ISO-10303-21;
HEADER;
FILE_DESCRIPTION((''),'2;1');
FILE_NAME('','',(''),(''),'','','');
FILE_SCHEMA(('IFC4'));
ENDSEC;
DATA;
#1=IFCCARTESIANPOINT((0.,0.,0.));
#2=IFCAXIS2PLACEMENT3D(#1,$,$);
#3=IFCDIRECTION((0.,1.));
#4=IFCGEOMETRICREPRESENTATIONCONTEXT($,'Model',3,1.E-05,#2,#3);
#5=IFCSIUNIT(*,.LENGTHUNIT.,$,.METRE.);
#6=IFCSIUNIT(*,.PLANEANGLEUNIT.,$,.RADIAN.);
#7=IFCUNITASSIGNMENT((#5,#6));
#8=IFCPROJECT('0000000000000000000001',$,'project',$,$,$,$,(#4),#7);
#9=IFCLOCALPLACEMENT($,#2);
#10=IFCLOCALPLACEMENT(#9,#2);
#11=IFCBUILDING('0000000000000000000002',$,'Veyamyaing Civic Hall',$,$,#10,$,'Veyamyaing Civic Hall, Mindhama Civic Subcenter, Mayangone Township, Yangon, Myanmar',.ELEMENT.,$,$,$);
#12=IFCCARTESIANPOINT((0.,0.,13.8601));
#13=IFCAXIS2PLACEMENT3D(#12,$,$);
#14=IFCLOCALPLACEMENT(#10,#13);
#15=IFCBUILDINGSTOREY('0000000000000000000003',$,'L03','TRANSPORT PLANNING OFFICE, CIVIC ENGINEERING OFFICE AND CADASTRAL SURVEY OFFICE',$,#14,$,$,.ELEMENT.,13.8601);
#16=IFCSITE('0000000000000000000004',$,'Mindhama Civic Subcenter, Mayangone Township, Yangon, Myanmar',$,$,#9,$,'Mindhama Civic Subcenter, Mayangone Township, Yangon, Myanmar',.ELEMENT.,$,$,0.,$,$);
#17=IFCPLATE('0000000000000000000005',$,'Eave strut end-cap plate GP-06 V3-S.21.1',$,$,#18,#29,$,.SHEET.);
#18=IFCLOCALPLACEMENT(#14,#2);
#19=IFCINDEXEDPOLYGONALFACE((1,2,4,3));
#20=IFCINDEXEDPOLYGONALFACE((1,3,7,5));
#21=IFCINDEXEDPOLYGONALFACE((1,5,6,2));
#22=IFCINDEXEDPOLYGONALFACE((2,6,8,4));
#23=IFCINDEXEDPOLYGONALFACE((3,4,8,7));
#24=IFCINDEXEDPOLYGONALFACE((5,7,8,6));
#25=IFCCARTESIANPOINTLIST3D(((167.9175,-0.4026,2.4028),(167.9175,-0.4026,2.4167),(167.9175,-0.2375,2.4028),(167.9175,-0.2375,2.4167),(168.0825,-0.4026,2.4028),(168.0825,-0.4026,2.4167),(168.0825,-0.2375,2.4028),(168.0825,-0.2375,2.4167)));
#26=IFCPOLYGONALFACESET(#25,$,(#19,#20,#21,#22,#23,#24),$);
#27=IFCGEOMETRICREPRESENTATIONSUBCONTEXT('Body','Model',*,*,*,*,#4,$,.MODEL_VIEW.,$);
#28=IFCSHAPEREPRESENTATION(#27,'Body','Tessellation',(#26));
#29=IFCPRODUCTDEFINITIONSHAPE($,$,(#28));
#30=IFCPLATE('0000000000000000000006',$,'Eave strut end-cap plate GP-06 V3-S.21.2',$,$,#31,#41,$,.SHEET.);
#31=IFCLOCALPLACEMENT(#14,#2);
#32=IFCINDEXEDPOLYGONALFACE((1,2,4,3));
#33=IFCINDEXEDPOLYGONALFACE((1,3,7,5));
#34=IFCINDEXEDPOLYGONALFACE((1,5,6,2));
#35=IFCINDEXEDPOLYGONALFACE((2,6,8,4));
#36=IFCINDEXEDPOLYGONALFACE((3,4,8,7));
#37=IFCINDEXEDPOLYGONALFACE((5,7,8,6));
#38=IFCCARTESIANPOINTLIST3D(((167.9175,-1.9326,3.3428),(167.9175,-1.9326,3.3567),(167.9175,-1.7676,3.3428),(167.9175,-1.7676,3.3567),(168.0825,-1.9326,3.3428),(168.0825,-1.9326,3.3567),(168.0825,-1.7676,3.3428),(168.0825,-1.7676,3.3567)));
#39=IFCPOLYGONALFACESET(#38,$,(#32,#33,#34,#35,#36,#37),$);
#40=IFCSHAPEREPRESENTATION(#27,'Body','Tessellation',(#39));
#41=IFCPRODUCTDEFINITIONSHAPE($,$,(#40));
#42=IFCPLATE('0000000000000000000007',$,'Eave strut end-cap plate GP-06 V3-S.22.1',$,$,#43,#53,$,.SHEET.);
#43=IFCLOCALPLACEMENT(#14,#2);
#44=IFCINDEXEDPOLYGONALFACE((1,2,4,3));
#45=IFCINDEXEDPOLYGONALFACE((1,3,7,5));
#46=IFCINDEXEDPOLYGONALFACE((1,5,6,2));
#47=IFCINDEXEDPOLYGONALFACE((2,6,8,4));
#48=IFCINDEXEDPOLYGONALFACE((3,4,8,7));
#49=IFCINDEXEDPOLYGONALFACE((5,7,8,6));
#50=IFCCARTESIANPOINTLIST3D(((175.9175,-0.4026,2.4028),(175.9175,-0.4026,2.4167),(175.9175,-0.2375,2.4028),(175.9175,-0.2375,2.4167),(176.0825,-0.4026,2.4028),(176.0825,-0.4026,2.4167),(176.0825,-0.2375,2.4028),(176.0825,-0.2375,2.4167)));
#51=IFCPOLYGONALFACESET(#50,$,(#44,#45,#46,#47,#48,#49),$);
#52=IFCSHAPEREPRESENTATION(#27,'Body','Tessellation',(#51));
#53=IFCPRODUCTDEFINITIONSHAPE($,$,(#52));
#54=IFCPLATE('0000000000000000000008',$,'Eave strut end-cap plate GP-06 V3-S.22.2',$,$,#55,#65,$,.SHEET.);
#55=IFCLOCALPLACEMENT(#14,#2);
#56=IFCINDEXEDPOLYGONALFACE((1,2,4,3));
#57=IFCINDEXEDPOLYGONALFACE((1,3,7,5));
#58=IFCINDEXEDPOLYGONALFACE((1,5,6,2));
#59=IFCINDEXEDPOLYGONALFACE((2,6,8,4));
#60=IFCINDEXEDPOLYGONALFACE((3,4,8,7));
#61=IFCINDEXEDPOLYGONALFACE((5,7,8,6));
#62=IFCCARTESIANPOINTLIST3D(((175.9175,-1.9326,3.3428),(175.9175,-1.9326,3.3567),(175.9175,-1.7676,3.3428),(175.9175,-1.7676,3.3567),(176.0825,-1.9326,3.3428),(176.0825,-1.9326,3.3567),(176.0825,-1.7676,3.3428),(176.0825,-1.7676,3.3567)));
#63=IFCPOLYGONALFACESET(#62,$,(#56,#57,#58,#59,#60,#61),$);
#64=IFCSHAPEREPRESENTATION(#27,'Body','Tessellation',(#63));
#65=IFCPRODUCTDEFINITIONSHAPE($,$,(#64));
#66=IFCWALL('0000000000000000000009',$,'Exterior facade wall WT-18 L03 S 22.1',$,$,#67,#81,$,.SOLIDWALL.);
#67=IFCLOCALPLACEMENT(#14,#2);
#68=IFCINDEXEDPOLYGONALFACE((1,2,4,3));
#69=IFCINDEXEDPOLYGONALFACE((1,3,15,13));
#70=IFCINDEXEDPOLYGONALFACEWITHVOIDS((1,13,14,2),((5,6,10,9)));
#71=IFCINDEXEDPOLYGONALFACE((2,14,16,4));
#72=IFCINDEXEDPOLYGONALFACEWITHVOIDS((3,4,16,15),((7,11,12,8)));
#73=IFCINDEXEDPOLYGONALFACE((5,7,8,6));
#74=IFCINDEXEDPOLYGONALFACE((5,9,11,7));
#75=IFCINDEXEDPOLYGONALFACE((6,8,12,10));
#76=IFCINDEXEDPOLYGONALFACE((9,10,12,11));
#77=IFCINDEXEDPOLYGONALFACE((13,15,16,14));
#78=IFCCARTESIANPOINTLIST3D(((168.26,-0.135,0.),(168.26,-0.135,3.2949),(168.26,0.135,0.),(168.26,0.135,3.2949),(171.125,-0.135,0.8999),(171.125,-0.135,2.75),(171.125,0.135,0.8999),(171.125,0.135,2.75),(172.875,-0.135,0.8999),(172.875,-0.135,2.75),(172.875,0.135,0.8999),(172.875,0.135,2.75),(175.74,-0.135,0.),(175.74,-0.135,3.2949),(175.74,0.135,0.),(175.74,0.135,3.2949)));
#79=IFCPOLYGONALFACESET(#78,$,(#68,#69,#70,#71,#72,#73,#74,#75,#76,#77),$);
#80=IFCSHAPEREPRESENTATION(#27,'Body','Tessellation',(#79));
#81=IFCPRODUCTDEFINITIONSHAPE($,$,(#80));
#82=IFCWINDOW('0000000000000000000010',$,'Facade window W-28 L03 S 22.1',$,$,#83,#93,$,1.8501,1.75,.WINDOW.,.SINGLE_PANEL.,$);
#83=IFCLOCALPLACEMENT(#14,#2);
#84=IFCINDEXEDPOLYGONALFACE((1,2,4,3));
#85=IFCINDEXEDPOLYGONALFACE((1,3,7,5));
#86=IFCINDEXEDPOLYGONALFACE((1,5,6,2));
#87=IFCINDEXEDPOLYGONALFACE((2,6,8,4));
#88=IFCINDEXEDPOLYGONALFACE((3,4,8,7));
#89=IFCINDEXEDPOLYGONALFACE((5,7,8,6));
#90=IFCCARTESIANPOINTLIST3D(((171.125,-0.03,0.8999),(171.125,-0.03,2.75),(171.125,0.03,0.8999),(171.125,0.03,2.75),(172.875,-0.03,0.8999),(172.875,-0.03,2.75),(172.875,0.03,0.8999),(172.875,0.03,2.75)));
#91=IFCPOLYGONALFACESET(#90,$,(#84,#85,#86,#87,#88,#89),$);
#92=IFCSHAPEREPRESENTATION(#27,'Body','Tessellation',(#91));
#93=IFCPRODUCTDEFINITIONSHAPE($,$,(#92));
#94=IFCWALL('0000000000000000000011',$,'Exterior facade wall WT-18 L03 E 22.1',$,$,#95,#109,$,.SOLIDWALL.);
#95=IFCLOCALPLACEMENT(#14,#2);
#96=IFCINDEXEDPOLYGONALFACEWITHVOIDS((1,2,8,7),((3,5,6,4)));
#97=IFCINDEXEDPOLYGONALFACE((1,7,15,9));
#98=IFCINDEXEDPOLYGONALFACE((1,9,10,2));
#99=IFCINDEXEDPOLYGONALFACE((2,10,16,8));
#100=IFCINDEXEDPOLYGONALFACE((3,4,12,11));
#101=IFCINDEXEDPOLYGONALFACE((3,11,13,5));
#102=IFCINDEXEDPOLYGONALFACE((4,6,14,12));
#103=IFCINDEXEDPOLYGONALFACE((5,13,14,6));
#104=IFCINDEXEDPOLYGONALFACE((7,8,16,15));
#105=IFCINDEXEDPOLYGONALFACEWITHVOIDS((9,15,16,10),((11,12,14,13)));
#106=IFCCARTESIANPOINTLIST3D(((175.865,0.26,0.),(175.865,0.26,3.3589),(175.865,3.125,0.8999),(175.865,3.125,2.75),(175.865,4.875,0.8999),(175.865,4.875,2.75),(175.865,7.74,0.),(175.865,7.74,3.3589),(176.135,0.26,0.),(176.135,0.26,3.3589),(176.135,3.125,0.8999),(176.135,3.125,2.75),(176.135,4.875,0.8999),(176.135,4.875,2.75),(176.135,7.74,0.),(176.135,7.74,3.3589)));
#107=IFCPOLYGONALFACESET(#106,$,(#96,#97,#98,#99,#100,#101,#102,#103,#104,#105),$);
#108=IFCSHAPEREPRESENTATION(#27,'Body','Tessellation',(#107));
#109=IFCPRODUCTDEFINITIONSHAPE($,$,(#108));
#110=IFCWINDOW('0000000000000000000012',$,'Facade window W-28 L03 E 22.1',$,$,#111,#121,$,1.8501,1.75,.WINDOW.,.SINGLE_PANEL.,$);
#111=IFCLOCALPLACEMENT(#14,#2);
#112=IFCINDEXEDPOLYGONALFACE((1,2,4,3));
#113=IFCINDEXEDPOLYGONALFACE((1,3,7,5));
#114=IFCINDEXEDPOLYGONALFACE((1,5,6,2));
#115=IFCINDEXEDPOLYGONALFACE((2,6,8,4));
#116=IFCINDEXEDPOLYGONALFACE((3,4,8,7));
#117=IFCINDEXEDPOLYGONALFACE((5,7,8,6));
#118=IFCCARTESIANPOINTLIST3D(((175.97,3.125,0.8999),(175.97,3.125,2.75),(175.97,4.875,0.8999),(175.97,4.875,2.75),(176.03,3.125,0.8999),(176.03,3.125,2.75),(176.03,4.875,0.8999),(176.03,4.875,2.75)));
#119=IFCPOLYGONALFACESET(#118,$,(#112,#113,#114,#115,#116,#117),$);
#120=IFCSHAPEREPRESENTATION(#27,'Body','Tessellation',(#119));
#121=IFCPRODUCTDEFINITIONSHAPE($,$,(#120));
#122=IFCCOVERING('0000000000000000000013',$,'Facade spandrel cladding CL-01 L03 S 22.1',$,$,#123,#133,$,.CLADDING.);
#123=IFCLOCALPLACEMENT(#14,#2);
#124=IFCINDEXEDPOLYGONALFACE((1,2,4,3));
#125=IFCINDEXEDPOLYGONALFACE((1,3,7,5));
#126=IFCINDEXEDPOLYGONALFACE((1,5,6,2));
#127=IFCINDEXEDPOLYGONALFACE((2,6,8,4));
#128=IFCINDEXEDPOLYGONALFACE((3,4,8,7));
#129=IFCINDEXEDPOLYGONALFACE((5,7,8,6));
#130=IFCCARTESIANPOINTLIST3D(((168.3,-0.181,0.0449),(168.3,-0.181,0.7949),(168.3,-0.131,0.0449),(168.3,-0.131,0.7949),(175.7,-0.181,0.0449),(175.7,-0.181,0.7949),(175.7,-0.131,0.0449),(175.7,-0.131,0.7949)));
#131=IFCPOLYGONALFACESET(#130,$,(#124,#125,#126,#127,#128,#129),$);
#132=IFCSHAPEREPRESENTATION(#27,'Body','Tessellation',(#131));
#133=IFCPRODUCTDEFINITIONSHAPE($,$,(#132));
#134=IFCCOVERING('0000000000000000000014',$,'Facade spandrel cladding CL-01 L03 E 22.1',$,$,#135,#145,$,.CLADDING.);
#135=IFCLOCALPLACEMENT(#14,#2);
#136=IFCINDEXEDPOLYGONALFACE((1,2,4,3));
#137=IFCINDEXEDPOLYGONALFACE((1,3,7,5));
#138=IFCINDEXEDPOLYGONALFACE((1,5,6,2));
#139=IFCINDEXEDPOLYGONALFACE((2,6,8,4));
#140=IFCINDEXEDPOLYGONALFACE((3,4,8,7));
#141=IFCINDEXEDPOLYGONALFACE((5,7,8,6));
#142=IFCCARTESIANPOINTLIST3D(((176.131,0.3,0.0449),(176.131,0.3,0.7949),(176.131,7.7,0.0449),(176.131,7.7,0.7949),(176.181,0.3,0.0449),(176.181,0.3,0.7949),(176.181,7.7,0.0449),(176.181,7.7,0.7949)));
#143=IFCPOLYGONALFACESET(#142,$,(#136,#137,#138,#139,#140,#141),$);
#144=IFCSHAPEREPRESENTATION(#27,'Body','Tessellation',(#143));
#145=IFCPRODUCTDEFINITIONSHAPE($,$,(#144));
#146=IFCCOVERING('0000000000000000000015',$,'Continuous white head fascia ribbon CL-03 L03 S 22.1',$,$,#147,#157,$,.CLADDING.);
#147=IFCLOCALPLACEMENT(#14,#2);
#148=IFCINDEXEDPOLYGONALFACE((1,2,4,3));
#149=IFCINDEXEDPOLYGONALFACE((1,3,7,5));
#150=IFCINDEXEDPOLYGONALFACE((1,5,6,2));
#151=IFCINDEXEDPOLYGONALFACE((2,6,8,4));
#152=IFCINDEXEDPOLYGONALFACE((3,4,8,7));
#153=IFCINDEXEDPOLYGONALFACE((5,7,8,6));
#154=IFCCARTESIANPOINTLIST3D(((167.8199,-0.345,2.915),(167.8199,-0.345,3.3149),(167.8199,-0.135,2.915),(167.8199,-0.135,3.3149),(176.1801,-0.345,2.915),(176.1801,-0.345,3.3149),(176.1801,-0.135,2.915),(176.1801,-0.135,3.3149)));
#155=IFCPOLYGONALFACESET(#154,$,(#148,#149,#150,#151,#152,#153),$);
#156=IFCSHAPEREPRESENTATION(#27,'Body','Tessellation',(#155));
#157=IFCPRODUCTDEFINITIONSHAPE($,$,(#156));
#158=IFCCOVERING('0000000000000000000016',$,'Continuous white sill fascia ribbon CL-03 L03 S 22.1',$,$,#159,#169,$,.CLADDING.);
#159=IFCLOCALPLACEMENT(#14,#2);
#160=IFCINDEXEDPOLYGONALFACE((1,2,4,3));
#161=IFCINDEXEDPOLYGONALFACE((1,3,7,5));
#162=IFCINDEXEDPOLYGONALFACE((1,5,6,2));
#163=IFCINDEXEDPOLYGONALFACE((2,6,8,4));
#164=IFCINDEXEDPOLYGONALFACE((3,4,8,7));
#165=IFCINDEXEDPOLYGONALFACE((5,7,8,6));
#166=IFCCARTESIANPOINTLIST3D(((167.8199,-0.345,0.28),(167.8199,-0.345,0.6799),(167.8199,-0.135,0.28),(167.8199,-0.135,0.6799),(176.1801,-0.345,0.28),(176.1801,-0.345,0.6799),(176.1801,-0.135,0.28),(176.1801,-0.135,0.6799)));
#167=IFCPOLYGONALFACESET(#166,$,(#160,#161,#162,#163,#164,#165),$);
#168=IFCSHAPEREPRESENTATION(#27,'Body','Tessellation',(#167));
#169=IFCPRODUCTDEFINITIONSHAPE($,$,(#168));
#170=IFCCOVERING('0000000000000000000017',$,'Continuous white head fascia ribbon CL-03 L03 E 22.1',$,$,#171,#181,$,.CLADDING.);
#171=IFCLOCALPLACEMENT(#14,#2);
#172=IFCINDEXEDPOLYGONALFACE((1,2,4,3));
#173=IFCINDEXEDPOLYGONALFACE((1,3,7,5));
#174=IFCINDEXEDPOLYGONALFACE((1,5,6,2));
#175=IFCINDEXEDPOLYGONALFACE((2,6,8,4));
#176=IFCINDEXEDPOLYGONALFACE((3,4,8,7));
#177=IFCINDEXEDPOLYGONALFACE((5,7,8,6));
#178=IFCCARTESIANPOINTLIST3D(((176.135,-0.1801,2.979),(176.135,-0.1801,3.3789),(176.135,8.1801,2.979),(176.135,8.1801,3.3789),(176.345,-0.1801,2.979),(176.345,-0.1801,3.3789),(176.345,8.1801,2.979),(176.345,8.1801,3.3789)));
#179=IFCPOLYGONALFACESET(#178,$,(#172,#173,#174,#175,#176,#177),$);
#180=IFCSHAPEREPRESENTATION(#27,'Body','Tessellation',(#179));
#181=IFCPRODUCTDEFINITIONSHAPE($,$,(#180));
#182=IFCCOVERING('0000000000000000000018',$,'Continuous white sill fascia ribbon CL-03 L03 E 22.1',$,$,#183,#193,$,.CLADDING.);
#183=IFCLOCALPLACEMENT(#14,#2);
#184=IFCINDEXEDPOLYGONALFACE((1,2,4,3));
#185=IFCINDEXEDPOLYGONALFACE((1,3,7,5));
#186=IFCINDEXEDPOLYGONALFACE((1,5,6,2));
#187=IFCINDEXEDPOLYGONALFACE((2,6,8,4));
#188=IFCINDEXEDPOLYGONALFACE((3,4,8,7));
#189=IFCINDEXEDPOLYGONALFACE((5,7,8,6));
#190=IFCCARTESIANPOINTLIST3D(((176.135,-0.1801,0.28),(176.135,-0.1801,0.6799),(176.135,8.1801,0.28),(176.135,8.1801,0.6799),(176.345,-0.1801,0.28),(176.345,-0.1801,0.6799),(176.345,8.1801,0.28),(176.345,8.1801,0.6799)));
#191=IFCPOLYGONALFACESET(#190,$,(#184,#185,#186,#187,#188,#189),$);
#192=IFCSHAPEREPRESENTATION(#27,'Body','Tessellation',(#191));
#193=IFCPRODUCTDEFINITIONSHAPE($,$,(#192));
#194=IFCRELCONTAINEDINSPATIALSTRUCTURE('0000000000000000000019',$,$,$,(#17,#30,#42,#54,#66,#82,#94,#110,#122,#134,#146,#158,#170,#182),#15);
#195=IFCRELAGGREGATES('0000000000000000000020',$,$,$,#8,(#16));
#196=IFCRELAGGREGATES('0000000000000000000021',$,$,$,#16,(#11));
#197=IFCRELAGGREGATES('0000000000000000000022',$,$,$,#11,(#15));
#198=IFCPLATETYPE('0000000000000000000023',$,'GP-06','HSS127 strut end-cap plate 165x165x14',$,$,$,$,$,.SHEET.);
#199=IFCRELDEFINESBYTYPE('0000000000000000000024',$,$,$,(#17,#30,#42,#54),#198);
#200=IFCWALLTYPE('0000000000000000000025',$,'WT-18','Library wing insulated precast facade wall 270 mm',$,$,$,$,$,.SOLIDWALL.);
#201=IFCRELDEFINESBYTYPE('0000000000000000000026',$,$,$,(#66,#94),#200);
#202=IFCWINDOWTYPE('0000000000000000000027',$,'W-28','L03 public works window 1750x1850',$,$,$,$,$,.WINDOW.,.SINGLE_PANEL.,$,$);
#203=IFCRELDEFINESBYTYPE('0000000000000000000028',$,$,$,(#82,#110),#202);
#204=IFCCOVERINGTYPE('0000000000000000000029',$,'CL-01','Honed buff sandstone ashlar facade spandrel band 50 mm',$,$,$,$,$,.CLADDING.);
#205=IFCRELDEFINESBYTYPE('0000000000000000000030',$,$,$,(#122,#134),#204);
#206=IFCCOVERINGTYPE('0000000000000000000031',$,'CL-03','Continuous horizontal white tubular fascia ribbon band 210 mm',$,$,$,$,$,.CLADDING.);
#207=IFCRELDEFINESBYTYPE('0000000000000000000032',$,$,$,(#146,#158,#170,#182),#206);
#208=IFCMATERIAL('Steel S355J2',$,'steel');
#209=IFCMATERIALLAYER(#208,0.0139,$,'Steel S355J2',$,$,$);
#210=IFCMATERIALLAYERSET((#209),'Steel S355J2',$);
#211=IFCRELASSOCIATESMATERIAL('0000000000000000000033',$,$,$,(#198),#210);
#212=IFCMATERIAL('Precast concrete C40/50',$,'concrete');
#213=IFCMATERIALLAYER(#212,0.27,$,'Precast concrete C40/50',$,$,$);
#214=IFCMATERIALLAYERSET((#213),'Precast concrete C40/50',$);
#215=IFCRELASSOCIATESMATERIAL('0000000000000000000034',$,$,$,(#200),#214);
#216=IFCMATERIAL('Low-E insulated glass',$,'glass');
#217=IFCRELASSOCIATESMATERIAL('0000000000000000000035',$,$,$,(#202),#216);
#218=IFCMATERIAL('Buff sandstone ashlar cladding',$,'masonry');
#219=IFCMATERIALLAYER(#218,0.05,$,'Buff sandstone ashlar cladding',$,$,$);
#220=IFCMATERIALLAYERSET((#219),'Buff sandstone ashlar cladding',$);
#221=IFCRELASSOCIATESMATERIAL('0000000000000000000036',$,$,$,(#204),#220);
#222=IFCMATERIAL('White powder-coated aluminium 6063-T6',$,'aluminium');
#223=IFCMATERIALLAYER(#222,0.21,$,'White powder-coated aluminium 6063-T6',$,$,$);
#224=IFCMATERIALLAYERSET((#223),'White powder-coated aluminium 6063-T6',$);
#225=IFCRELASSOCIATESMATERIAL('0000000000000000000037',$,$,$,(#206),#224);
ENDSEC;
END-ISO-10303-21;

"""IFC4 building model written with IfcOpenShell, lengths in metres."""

from ifc_helpers import new_model, si_unit, direction, frame, frame_2d, origin, origin_2d, place, context, subcontext, project, spatial, rectangle, extrude, material, layer, layer_set, type_object, element, fill, save


model = new_model("IFC4")

# Units and contexts
model_context = context("Model", 3, precision=1e-05, world=origin(), true_north=direction((0.0, 1.0)))
body_context = subcontext(model_context, "Body", "Model", "MODEL_VIEW")
ifc_project = project(units=[si_unit("LENGTHUNIT", "METRE"), si_unit("PLANEANGLEUNIT", "RADIAN")], contexts=[model_context])

# Site, building, storey
site_placement = place(None, origin())
site = spatial("IfcSite", under=ifc_project, at=site_placement, Name="Mindhama Civic Subcenter, Mayangone Township, Yangon, Myanmar", LongName="Mindhama Civic Subcenter, Mayangone Township, Yangon, Myanmar", CompositionType="ELEMENT", RefElevation=0.0)
building_placement = place(site_placement, origin())
building = spatial("IfcBuilding", under=site, at=building_placement, Name="Veyamyaing Civic Hall", LongName="Veyamyaing Civic Hall, Mindhama Civic Subcenter, Mayangone Township, Yangon, Myanmar", CompositionType="ELEMENT")
storey_placement = place(building_placement, frame((0.0, 0.0, 13.8601)))
storey = spatial("IfcBuildingStorey", under=building, at=storey_placement, Name="L03", Description="TRANSPORT PLANNING OFFICE, CIVIC ENGINEERING OFFICE AND CADASTRAL SURVEY OFFICE", CompositionType="ELEMENT", Elevation=13.8601)

# Shared definitions
ifc_material_1 = material(Name="Steel S355J2", Category="steel")

# Shared definitions
ifc_material_2 = material(Name="Low-E insulated glass", Category="glass")

# Plates
ifc_layer_1 = layer(ifc_material_1, 0.0139, Name="Steel S355J2")
ifc_layer_set_1 = layer_set([ifc_layer_1], Name="Steel S355J2")
plate_type_1 = type_object("IfcPlateType", Name="GP-06", Description="HSS127 strut end-cap plate 165x165x14", PredefinedType="SHEET", material=ifc_layer_set_1)
for number, where, z_axis, x_axis, name in (
    (1, (168.0, -0.3201, 2.4028), (0.0, 0.0, 1.0), (0.0, 1.0, 0.0), "Eave strut end-cap plate GP-06 V3-S.21.1"),
    (2, (168.0, -1.8501, 3.3428), (0.0, 0.0, 1.0), (0.0, 1.0, 0.0), "Eave strut end-cap plate GP-06 V3-S.21.2"),
    (3, (176.0, -0.3201, 2.4028), (0.0, 0.0, 1.0), (0.0, 1.0, 0.0), "Eave strut end-cap plate GP-06 V3-S.22.1"),
    (4, (176.0, -1.8501, 3.3428), (0.0, 0.0, 1.0), (0.0, 1.0, 0.0), "Eave strut end-cap plate GP-06 V3-S.22.2"),
):
    element("IfcPlate", number, at=place(storey_placement, frame(where, z_axis=z_axis, x_axis=x_axis)), inside=storey, type_object=plate_type_1, Name=name, PredefinedType="SHEET", context=body_context, shape_type="SweptSolid", body=[
        extrude(rectangle(XDim=0.165, YDim=0.165, at=origin_2d()), origin(), (0.0, 0.0, 1.0), 0.0139),
    ])

# Walls, openings, windows
ifc_material_3 = material(Name="Precast concrete C40/50", Category="concrete")
ifc_layer_2 = layer(ifc_material_3, 0.27, Name="Precast concrete C40/50")
ifc_layer_set_2 = layer_set([ifc_layer_2], Name="Precast concrete C40/50")
wall_type = type_object("IfcWallType", Name="WT-18", Description="Library wing insulated precast facade wall 270 mm", PredefinedType="SOLIDWALL", material=ifc_layer_set_2)
wall_1_placement = place(storey_placement, frame((168.26, 0.0, 0.0), z_axis=(0.0, 0.0, 1.0), x_axis=(1.0, 0.0, 0.0)))
wall_1 = element("IfcWall", 5, at=wall_1_placement, inside=storey, type_object=wall_type, Name="Exterior facade wall WT-18 L03 S 22.1", PredefinedType="SOLIDWALL", context=body_context, shape_type="SweptSolid", body=[
    extrude(rectangle(XDim=7.48, YDim=0.27, at=frame_2d((3.74, 0.0))), origin(), (0.0, 0.0, 1.0), 3.2949),
])
opening_1_placement = place(wall_1_placement, frame((2.865, 0.0, 0.8999)))
opening_1 = element("IfcOpeningElement", 6, at=opening_1_placement, cuts=wall_1, PredefinedType="OPENING", context=body_context, shape_type="SweptSolid", body=[
    extrude(rectangle(XDim=1.75, YDim=1.8501, at=frame_2d((0.875, 0.925))), frame((0.0, 0.145, 0.0), z_axis=(0.0, -1.0, 0.0), x_axis=(1.0, 0.0, 0.0)), (0.0, 0.0, 1.0), 0.29),
])
window_type = type_object("IfcWindowType", Name="W-28", Description="L03 public works window 1750x1850", PartitioningType="SINGLE_PANEL", PredefinedType="WINDOW", material=ifc_material_2)
window_1_placement = place(opening_1_placement, origin())
window_1 = element("IfcWindow", 7, at=window_1_placement, inside=storey, type_object=window_type, Name="Facade window W-28 L03 S 22.1", OverallHeight=1.8501, OverallWidth=1.75, PartitioningType="SINGLE_PANEL", PredefinedType="WINDOW", context=body_context, shape_type="SweptSolid", body=[
    extrude(rectangle(XDim=1.75, YDim=1.8501, at=frame_2d((0.875, 0.925))), frame((0.0, 0.03, 0.0), z_axis=(0.0, -1.0, 0.0), x_axis=(1.0, 0.0, 0.0)), (0.0, 0.0, 1.0), 0.0601),
])
fill(opening_1, window_1)
wall_2_placement = place(storey_placement, frame((176.0, 0.26, 0.0), z_axis=(0.0, 0.0, 1.0), x_axis=(0.0, 1.0, 0.0)))
wall_2 = element("IfcWall", 8, at=wall_2_placement, inside=storey, type_object=wall_type, Name="Exterior facade wall WT-18 L03 E 22.1", PredefinedType="SOLIDWALL", context=body_context, shape_type="SweptSolid", body=[
    extrude(rectangle(XDim=7.48, YDim=0.27, at=frame_2d((3.74, 0.0))), origin(), (0.0, 0.0, 1.0), 3.3589),
])
opening_2_placement = place(wall_2_placement, frame((2.865, 0.0, 0.8999)))
opening_2 = element("IfcOpeningElement", 9, at=opening_2_placement, cuts=wall_2, PredefinedType="OPENING", context=body_context, shape_type="SweptSolid", body=[
    extrude(rectangle(XDim=1.75, YDim=1.8501, at=frame_2d((0.875, 0.925))), frame((0.0, 0.145, 0.0), z_axis=(0.0, -1.0, 0.0), x_axis=(1.0, 0.0, 0.0)), (0.0, 0.0, 1.0), 0.29),
])
window_2_placement = place(opening_2_placement, origin())
window_2 = element("IfcWindow", 10, at=window_2_placement, inside=storey, type_object=window_type, Name="Facade window W-28 L03 E 22.1", OverallHeight=1.8501, OverallWidth=1.75, PartitioningType="SINGLE_PANEL", PredefinedType="WINDOW", context=body_context, shape_type="SweptSolid", body=[
    extrude(rectangle(XDim=1.75, YDim=1.8501, at=frame_2d((0.875, 0.925))), frame((0.0, 0.03, 0.0), z_axis=(0.0, -1.0, 0.0), x_axis=(1.0, 0.0, 0.0)), (0.0, 0.0, 1.0), 0.0601),
])
fill(opening_2, window_2)

# Coverings
ifc_material_4 = material(Name="Buff sandstone ashlar cladding", Category="masonry")
ifc_layer_3 = layer(ifc_material_4, 0.05, Name="Buff sandstone ashlar cladding")
ifc_layer_set_3 = layer_set([ifc_layer_3], Name="Buff sandstone ashlar cladding")
covering_type_1 = type_object("IfcCoveringType", Name="CL-01", Description="Honed buff sandstone ashlar facade spandrel band 50 mm", PredefinedType="CLADDING", material=ifc_layer_set_3)
for number, where, z_axis, x_axis, name in (
    (11, (172.0, -0.156, 0.0449), (0.0, 0.0, 1.0), (1.0, 0.0, 0.0), "Facade spandrel cladding CL-01 L03 S 22.1"),
    (12, (176.156, 4.0, 0.0449), (0.0, 0.0, 1.0), (0.0, 1.0, 0.0), "Facade spandrel cladding CL-01 L03 E 22.1"),
):
    element("IfcCovering", number, at=place(storey_placement, frame(where, z_axis=z_axis, x_axis=x_axis)), inside=storey, type_object=covering_type_1, Name=name, PredefinedType="CLADDING", context=body_context, shape_type="SweptSolid", body=[
        extrude(rectangle(XDim=7.3999, YDim=0.05, at=origin_2d()), origin(), (0.0, 0.0, 1.0), 0.75),
    ])
ifc_material_5 = material(Name="White powder-coated aluminium 6063-T6", Category="aluminium")
ifc_layer_4 = layer(ifc_material_5, 0.21, Name="White powder-coated aluminium 6063-T6")
ifc_layer_set_4 = layer_set([ifc_layer_4], Name="White powder-coated aluminium 6063-T6")
covering_type_2 = type_object("IfcCoveringType", Name="CL-03", Description="Continuous horizontal white tubular fascia ribbon band 210 mm", PredefinedType="CLADDING", material=ifc_layer_set_4)
for number, where, z_axis, x_axis, name in (
    (13, (172.0, -0.24, 2.915), (0.0, 0.0, 1.0), (1.0, 0.0, 0.0), "Continuous white head fascia ribbon CL-03 L03 S 22.1"),
    (14, (172.0, -0.24, 0.28), (0.0, 0.0, 1.0), (1.0, 0.0, 0.0), "Continuous white sill fascia ribbon CL-03 L03 S 22.1"),
    (15, (176.24, 4.0, 2.979), (0.0, 0.0, 1.0), (0.0, 1.0, 0.0), "Continuous white head fascia ribbon CL-03 L03 E 22.1"),
    (16, (176.24, 4.0, 0.28), (0.0, 0.0, 1.0), (0.0, 1.0, 0.0), "Continuous white sill fascia ribbon CL-03 L03 E 22.1"),
):
    element("IfcCovering", number, at=place(storey_placement, frame(where, z_axis=z_axis, x_axis=x_axis)), inside=storey, type_object=covering_type_2, Name=name, PredefinedType="CLADDING", context=body_context, shape_type="SweptSolid", body=[
        extrude(rectangle(XDim=8.3601, YDim=0.21, at=origin_2d()), origin(), (0.0, 0.0, 1.0), 0.3999),
    ])

save(model, "model.ifc")
